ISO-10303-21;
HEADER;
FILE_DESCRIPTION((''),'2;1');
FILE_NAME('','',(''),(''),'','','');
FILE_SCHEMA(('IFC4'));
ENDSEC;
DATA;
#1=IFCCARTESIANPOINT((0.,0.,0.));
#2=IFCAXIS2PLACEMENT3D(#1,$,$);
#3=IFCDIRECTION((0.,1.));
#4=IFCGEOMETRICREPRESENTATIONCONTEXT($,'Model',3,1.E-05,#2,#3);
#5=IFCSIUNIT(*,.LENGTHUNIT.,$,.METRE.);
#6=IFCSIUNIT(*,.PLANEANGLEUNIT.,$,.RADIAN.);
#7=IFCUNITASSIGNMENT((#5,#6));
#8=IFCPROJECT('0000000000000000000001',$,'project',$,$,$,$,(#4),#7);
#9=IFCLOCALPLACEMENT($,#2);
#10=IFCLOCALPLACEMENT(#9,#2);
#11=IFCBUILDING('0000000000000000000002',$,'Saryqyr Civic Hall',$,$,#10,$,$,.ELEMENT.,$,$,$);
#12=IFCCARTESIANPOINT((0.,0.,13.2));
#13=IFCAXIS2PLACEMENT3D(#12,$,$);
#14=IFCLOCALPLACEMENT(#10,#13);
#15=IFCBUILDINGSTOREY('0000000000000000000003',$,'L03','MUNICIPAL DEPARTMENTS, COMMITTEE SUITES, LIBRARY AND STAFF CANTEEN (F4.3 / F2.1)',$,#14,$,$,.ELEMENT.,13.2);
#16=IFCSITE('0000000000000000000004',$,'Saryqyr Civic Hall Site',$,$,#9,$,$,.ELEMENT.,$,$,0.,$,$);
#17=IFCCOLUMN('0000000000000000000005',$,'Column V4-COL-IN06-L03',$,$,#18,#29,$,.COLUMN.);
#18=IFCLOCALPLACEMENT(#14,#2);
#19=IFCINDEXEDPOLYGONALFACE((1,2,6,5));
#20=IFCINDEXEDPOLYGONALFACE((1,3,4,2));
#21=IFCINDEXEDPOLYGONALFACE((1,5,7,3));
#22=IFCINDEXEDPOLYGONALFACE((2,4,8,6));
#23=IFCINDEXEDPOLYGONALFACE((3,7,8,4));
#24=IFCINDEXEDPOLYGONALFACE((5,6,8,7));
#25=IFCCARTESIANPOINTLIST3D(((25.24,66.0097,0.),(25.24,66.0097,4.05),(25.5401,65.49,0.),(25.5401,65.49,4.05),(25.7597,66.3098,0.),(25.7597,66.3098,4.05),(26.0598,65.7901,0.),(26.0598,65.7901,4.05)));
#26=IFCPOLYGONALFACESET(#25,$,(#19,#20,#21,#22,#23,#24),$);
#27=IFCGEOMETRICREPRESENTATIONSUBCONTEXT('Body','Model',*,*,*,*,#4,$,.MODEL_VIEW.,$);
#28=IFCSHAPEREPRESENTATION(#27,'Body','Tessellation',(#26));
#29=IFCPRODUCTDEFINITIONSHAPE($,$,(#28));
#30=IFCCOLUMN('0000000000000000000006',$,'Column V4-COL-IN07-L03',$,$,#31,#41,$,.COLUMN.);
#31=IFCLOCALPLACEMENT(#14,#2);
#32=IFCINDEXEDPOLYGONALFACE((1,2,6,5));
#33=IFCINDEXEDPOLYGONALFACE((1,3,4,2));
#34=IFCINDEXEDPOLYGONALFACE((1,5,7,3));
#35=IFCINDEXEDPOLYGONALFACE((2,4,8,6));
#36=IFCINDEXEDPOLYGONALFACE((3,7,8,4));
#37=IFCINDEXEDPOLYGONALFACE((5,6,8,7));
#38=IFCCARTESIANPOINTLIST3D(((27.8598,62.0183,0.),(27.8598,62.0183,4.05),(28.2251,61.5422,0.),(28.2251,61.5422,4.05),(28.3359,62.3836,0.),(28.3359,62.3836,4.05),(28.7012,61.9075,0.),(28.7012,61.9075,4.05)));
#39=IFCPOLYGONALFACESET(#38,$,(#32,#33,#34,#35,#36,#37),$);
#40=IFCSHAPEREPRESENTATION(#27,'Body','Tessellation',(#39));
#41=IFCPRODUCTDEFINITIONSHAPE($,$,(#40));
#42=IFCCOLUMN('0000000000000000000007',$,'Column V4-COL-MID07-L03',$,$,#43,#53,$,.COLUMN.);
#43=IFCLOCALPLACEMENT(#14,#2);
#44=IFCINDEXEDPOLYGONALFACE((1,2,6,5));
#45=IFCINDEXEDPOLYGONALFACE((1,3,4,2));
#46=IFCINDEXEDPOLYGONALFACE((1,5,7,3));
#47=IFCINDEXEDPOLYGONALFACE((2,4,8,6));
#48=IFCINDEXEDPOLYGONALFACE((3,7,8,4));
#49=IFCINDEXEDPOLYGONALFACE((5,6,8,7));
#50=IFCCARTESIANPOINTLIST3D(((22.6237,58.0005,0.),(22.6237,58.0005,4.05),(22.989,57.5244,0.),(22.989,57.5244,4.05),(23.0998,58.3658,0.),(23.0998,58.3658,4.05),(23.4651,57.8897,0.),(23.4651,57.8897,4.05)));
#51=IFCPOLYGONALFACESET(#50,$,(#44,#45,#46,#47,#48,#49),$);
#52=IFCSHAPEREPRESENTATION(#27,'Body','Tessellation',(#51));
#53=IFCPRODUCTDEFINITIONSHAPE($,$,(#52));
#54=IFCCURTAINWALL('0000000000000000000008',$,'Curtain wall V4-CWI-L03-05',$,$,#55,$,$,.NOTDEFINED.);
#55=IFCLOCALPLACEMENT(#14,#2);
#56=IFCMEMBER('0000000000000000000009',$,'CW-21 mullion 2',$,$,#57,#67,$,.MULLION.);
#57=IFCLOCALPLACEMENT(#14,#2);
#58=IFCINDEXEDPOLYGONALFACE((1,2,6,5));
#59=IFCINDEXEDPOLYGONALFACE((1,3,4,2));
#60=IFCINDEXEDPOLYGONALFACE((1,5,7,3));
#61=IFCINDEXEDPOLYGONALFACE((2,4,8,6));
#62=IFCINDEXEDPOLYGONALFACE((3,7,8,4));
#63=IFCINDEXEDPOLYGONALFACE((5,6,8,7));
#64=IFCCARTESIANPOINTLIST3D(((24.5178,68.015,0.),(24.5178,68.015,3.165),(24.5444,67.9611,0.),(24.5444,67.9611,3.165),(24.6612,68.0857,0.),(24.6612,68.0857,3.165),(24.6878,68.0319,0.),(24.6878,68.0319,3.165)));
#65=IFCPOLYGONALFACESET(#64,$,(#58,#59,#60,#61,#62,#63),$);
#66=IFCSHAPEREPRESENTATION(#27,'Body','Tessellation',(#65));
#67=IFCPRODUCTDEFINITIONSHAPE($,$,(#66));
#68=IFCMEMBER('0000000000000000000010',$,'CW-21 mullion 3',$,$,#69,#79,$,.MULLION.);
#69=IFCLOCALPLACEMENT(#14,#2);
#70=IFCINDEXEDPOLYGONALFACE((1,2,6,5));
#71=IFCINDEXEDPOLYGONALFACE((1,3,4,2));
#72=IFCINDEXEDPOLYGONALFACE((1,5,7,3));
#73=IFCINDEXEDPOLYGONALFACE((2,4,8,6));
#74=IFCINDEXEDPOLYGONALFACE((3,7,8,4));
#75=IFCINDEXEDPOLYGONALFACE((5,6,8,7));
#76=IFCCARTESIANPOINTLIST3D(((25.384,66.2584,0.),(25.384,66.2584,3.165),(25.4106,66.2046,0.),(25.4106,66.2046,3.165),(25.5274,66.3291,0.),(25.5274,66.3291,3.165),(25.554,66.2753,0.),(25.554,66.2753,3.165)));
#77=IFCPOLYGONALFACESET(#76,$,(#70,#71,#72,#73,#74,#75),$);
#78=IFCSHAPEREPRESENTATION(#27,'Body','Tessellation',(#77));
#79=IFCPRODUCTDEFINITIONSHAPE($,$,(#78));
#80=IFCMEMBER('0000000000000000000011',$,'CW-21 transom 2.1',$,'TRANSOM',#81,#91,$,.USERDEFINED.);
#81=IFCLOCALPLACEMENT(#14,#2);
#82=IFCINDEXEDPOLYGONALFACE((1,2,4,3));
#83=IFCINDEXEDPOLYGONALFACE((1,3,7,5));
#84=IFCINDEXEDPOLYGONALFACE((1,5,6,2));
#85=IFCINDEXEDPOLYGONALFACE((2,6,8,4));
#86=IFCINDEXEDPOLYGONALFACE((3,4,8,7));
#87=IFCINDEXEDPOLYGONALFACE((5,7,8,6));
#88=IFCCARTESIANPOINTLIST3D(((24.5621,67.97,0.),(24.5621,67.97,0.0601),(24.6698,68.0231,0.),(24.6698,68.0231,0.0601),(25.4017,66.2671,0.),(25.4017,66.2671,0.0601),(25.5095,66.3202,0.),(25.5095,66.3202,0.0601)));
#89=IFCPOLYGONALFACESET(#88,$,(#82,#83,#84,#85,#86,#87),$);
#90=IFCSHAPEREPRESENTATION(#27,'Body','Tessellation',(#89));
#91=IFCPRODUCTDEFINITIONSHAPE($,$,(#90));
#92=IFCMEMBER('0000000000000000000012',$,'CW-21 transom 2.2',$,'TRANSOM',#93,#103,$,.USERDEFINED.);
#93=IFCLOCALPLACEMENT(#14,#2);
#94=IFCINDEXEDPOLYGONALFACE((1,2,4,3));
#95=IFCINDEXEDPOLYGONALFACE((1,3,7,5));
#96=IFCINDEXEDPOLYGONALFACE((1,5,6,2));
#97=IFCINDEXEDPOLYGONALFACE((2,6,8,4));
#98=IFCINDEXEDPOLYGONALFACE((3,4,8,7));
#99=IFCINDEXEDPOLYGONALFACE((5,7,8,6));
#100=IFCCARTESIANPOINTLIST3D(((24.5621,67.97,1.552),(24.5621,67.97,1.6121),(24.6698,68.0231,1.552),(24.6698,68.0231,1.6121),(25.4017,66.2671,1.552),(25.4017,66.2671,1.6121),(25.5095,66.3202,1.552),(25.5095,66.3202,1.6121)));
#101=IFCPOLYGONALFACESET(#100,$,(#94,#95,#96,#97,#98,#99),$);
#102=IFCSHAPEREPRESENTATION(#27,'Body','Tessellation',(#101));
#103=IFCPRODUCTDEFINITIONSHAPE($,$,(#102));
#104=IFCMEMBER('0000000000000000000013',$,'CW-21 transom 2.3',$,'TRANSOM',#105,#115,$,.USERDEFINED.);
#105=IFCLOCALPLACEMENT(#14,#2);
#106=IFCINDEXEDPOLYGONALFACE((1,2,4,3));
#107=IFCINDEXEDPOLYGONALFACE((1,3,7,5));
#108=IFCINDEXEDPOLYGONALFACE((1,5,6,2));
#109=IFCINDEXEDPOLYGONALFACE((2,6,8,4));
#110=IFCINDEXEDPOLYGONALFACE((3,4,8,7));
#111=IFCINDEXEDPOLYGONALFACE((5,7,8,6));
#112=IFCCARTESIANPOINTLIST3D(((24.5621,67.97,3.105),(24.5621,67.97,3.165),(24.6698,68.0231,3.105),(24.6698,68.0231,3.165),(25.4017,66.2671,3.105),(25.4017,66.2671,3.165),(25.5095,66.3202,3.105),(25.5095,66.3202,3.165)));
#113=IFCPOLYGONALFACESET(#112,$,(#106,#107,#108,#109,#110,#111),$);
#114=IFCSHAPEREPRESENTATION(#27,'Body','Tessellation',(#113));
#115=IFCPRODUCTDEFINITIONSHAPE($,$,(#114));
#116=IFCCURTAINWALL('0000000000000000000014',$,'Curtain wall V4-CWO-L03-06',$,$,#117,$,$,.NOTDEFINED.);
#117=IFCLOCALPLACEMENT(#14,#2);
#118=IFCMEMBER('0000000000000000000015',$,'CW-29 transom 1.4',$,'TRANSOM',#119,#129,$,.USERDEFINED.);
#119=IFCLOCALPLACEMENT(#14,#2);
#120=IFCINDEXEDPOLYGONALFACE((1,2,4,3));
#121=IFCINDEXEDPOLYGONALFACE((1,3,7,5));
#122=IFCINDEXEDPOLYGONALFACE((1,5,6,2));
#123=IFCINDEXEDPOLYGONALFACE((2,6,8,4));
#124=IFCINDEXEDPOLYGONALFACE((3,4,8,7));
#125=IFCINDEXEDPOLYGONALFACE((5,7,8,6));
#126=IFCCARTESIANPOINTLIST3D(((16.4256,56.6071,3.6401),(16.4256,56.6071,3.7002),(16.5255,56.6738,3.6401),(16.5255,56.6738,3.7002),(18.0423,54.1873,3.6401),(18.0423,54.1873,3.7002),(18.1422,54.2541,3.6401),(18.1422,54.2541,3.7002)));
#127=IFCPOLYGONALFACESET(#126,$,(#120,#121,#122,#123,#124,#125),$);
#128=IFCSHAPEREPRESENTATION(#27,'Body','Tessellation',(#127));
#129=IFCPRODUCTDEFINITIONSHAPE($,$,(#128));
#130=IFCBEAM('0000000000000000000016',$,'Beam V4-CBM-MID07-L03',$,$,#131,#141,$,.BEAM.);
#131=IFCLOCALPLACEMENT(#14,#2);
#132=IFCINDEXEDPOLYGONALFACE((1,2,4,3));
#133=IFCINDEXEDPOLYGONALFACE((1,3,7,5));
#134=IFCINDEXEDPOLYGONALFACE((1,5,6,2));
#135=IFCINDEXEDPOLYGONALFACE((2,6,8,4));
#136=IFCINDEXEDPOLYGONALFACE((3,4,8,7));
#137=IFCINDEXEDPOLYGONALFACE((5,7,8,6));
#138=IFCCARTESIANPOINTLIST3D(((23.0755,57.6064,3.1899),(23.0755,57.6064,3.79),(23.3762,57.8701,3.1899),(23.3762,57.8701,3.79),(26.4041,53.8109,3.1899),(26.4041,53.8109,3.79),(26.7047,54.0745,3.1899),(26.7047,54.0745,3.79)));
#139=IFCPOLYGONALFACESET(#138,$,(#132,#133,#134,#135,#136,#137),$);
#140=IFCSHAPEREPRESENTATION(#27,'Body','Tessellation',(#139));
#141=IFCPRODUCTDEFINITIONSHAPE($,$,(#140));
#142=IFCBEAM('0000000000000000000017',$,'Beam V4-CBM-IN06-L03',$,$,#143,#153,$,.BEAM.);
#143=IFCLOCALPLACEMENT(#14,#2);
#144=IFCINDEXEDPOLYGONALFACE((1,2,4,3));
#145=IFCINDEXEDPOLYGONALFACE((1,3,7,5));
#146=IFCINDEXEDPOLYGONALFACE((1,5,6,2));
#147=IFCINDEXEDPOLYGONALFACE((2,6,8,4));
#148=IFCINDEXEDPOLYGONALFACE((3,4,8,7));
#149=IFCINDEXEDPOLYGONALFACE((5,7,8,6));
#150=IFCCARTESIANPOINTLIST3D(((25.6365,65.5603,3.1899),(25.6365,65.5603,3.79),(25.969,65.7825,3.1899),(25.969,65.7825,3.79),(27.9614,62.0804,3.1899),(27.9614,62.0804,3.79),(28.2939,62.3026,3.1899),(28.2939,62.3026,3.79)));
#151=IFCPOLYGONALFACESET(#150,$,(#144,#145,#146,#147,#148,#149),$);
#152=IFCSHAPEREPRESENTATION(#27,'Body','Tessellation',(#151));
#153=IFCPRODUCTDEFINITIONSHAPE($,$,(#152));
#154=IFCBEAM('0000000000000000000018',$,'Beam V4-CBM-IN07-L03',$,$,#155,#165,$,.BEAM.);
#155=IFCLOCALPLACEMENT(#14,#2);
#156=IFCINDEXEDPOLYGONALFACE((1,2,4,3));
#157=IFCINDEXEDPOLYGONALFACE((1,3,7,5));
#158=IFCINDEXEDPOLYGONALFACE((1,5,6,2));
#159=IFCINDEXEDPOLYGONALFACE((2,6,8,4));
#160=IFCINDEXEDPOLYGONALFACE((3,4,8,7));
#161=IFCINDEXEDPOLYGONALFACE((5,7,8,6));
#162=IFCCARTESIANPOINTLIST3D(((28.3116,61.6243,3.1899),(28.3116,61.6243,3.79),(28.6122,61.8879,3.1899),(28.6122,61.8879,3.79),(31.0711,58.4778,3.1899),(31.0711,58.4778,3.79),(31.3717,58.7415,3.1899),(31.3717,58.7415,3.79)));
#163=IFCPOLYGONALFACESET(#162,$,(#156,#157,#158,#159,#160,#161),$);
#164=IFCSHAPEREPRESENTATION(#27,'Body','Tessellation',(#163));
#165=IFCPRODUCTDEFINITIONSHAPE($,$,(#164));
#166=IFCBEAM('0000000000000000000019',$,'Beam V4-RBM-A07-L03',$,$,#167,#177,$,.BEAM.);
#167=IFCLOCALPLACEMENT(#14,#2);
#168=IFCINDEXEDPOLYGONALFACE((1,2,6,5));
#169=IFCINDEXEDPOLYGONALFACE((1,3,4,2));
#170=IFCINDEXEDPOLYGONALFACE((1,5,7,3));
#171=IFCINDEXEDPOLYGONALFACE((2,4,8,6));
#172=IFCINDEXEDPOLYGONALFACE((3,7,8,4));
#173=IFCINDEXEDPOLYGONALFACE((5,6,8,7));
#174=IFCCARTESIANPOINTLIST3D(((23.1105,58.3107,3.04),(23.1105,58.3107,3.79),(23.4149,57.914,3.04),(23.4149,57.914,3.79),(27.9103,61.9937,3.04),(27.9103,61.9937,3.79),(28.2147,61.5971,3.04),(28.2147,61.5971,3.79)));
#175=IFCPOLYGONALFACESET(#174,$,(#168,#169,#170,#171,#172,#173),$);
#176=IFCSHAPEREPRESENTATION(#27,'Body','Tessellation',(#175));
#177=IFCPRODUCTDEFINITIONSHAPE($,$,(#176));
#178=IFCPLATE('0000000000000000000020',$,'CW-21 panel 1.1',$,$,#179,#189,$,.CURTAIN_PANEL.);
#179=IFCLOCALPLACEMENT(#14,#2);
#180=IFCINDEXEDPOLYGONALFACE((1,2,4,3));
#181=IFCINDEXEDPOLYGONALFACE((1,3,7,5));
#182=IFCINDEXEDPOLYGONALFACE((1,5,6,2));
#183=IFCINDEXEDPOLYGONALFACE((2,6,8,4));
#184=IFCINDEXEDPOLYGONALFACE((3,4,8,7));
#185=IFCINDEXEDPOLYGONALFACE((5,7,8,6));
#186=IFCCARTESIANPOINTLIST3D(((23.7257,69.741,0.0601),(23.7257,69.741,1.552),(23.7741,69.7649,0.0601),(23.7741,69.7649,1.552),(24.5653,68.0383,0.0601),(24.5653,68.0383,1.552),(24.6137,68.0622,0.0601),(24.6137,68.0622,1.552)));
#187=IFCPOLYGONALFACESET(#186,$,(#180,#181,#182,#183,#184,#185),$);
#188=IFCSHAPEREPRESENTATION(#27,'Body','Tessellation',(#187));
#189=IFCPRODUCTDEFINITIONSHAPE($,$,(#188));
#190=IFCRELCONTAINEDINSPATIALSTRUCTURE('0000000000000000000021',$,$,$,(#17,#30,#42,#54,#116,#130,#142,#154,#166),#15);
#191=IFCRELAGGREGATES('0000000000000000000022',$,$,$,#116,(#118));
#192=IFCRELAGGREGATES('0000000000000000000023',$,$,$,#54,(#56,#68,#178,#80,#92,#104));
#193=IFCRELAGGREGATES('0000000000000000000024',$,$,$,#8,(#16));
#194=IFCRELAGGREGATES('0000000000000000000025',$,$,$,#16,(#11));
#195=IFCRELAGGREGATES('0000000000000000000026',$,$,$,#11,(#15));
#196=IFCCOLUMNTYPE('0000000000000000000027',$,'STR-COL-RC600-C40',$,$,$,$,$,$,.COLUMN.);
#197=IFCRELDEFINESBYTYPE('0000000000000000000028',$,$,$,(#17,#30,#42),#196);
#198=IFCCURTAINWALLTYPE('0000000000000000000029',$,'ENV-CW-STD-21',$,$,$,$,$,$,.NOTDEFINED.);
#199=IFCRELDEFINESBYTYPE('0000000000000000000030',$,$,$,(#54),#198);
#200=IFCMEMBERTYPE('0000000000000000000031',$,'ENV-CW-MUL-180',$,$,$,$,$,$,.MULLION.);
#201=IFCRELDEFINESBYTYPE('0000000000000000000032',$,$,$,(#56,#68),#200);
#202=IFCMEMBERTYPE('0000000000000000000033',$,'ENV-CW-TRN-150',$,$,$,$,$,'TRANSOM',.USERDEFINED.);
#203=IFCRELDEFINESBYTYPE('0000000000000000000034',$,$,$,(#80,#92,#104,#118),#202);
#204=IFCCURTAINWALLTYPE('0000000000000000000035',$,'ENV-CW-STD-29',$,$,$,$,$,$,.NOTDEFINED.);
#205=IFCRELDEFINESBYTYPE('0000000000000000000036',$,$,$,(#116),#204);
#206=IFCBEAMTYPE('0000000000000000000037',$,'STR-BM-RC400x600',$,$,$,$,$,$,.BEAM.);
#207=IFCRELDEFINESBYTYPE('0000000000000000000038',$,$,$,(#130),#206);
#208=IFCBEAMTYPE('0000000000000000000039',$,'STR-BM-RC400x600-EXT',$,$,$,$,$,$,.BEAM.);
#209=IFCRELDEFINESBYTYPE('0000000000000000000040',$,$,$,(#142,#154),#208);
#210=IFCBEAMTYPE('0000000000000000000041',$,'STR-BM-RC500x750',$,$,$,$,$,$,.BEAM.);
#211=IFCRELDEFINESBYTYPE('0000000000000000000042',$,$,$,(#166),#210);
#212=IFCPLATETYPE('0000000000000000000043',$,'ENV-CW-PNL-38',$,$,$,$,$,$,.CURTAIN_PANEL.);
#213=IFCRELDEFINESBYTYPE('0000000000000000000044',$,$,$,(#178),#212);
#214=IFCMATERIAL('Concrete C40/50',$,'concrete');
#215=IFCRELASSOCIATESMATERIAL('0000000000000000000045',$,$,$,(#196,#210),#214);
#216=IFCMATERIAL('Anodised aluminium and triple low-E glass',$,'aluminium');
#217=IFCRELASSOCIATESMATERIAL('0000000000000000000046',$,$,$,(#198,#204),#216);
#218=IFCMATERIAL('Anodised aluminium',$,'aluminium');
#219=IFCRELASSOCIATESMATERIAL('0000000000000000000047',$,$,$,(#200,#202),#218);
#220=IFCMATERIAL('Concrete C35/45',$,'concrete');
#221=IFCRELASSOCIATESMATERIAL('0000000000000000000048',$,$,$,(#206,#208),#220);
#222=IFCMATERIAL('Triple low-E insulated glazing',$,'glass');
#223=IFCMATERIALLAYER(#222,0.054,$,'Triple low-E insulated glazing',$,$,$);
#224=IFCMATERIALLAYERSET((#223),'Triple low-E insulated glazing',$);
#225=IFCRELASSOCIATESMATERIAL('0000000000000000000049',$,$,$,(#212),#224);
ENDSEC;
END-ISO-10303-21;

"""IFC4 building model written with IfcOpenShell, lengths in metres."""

from ifc_helpers import new_model, si_unit, direction, frame, origin, origin_2d, place, context, subcontext, project, spatial, rectangle, extrude, material, layer, layer_set, material_profile, profile_set, type_object, element, aggregate, save


model = new_model("IFC4")

# Units and contexts
model_context = context("Model", 3, precision=1e-05, world=origin(), true_north=direction((0.0, 1.0)))
body_context = subcontext(model_context, "Body", "Model", "MODEL_VIEW")
ifc_project = project(units=[si_unit("LENGTHUNIT", "METRE"), si_unit("PLANEANGLEUNIT", "RADIAN")], contexts=[model_context])

# Site, building, storey
site_placement = place(None, origin())
site = spatial("IfcSite", under=ifc_project, at=site_placement, Name="Saryqyr Civic Hall Site", CompositionType="ELEMENT", RefElevation=0.0)
building_placement = place(site_placement, origin())
building = spatial("IfcBuilding", under=site, at=building_placement, Name="Saryqyr Civic Hall", CompositionType="ELEMENT")
storey_placement = place(building_placement, frame((0.0, 0.0, 13.2)))
storey = spatial("IfcBuildingStorey", under=building, at=storey_placement, Name="L03", Description="MUNICIPAL DEPARTMENTS, COMMITTEE SUITES, LIBRARY AND STAFF CANTEEN (F4.3 / F2.1)", CompositionType="ELEMENT", Elevation=13.2)

# Columns
ifc_material_1 = material(Name="Concrete C40/50", Category="concrete")
ifc_material_profile_1 = material_profile(ifc_material_1, rectangle(XDim=0.6001, YDim=0.6001, at=origin_2d()), Name="RC 600x600")
ifc_profile_set_1 = profile_set([ifc_material_profile_1], Name="Concrete C40/50")
column_type = type_object("IfcColumnType", Name="STR-COL-RC600-C40", PredefinedType="COLUMN", material=ifc_profile_set_1)
for number, where, z_axis, x_axis, name in (
    (1, (25.6499, 65.8999, 0.0), (0.0, 0.0, 1.0), (-0.866025, -0.5, 0.0), "Column V4-COL-IN06-L03"),
    (2, (28.2805, 61.9629, 0.0), (0.0, 0.0, 1.0), (-0.793353, -0.608761, 0.0), "Column V4-COL-IN07-L03"),
    (3, (23.0444, 57.9451, 0.0), (0.0, 0.0, 1.0), (-0.793353, -0.608761, 0.0), "Column V4-COL-MID07-L03"),
):
    element("IfcColumn", number, at=place(storey_placement, frame(where, z_axis=z_axis, x_axis=x_axis)), inside=storey, type_object=column_type, Name=name, PredefinedType="COLUMN", context=body_context, shape_type="SweptSolid", body=[
        extrude(rectangle(XDim=0.6001, YDim=0.6001, at=origin_2d()), origin(), (0.0, 0.0, 1.0), 4.05),
    ])

# Curtain wall, members
ifc_material_2 = material(Name="Anodised aluminium and triple low-E glass", Category="aluminium")
curtain_wall_type_1 = type_object("IfcCurtainWallType", Name="ENV-CW-STD-21", PredefinedType="NOTDEFINED", material=ifc_material_2)
curtain_wall_1_placement = place(storey_placement, origin())
curtain_wall_1 = element("IfcCurtainWall", 4, at=curtain_wall_1_placement, inside=storey, type_object=curtain_wall_type_1, Name="Curtain wall V4-CWI-L03-05", PredefinedType="NOTDEFINED")
ifc_material_3 = material(Name="Anodised aluminium", Category="aluminium")
ifc_material_profile_2 = material_profile(ifc_material_3, rectangle(XDim=0.0601, YDim=0.1599, at=origin_2d()), Name="ALU MULLION 60x160")
ifc_profile_set_2 = profile_set([ifc_material_profile_2], Name="Anodised aluminium")
member_type_1 = type_object("IfcMemberType", Name="ENV-CW-MUL-180", PredefinedType="MULLION", material=ifc_profile_set_2)
member_1_placement = place(storey_placement, frame((24.6028, 68.0234, 0.0), z_axis=(0.0, 0.0, 1.0), x_axis=(0.442268, -0.896883, 0.0)))
member_1 = element("IfcMember", 5, at=member_1_placement, type_object=member_type_1, Name="CW-21 mullion 2", PredefinedType="MULLION", context=body_context, shape_type="SweptSolid", body=[
    extrude(rectangle(XDim=0.0601, YDim=0.1599, at=origin_2d()), origin(), (0.0, 0.0, 1.0), 3.165),
])
member_2_placement = place(storey_placement, frame((25.469, 66.2668, 0.0), z_axis=(0.0, 0.0, 1.0), x_axis=(0.442268, -0.896883, 0.0)))
member_2 = element("IfcMember", 6, at=member_2_placement, type_object=member_type_1, Name="CW-21 mullion 3", PredefinedType="MULLION", context=body_context, shape_type="SweptSolid", body=[
    extrude(rectangle(XDim=0.0601, YDim=0.1599, at=origin_2d()), origin(), (0.0, 0.0, 1.0), 3.165),
])
ifc_material_profile_3 = material_profile(ifc_material_3, rectangle(XDim=0.1201, YDim=0.0601, at=origin_2d()), Name="ALU TRANSOM 120x60")
ifc_profile_set_3 = profile_set([ifc_material_profile_3], Name="Anodised aluminium")
member_type_2 = type_object("IfcMemberType", Name="ENV-CW-TRN-150", ElementType="TRANSOM", PredefinedType="USERDEFINED", material=ifc_profile_set_3)
member_3_placement = place(storey_placement, frame((24.616, 67.9966, 0.03), z_axis=(0.442217, -0.896908, 0.0), x_axis=(0.896908, 0.442217, 0.0)))
member_3 = element("IfcMember", 7, at=member_3_placement, type_object=member_type_2, Name="CW-21 transom 2.1", ObjectType="TRANSOM", PredefinedType="USERDEFINED", context=body_context, shape_type="SweptSolid", body=[
    extrude(rectangle(XDim=0.1201, YDim=0.0601, at=origin_2d()), origin(), (0.0, 0.0, 1.0), 1.8987),
])
member_4_placement = place(storey_placement, frame((24.616, 67.9966, 1.582), z_axis=(0.442217, -0.896908, 0.0), x_axis=(0.896908, 0.442217, 0.0)))
member_4 = element("IfcMember", 8, at=member_4_placement, type_object=member_type_2, Name="CW-21 transom 2.2", ObjectType="TRANSOM", PredefinedType="USERDEFINED", context=body_context, shape_type="SweptSolid", body=[
    extrude(rectangle(XDim=0.1201, YDim=0.0601, at=origin_2d()), origin(), (0.0, 0.0, 1.0), 1.8987),
])
member_5_placement = place(storey_placement, frame((24.616, 67.9966, 3.135), z_axis=(0.442217, -0.896908, 0.0), x_axis=(0.896908, 0.442217, 0.0)))
member_5 = element("IfcMember", 9, at=member_5_placement, type_object=member_type_2, Name="CW-21 transom 2.3", ObjectType="TRANSOM", PredefinedType="USERDEFINED", context=body_context, shape_type="SweptSolid", body=[
    extrude(rectangle(XDim=0.1201, YDim=0.0601, at=origin_2d()), origin(), (0.0, 0.0, 1.0), 1.8987),
])

# Curtain wall, member
curtain_wall_type_2 = type_object("IfcCurtainWallType", Name="ENV-CW-STD-29", PredefinedType="NOTDEFINED", material=ifc_material_2)
curtain_wall_2_placement = place(storey_placement, origin())
curtain_wall_2 = element("IfcCurtainWall", 10, at=curtain_wall_2_placement, inside=storey, type_object=curtain_wall_type_2, Name="Curtain wall V4-CWO-L03-06", PredefinedType="NOTDEFINED")
member_6_placement = place(storey_placement, frame((18.0923, 54.2207, 3.6702), z_axis=(-0.555552, 0.831482, 0.0), x_axis=(-0.831482, -0.555552, 0.0)))
member_6 = element("IfcMember", 11, at=member_6_placement, type_object=member_type_2, Name="CW-29 transom 1.4", ObjectType="TRANSOM", PredefinedType="USERDEFINED", context=body_context, shape_type="SweptSolid", body=[
    extrude(rectangle(XDim=0.1201, YDim=0.0601, at=origin_2d()), origin(), (0.0, 0.0, 1.0), 2.9102),
])
aggregate(curtain_wall_2, [member_6])

# Beams
ifc_material_4 = material(Name="Concrete C35/45", Category="concrete")
ifc_material_profile_4 = material_profile(ifc_material_4, rectangle(XDim=0.3999, YDim=0.6001, at=origin_2d()), Name="RC 400x600")
ifc_profile_set_4 = profile_set([ifc_material_profile_4], Name="Concrete C35/45")
beam_type_1 = type_object("IfcBeamType", Name="STR-BM-RC400x600", PredefinedType="BEAM", material=ifc_profile_set_4)
beam_1_placement = place(storey_placement, frame((23.2258, 57.7383, 3.49), z_axis=(0.659336, -0.751848, 0.0), x_axis=(0.751848, 0.659336, 0.0)))
element("IfcBeam", 12, at=beam_1_placement, inside=storey, type_object=beam_type_1, Name="Beam V4-CBM-MID07-L03", PredefinedType="BEAM", context=body_context, shape_type="SweptSolid", body=[
    extrude(rectangle(XDim=0.3999, YDim=0.6001, at=origin_2d()), origin(), (0.0, 0.0, 1.0), 5.0483),
])
ifc_material_profile_5 = material_profile(ifc_material_4, rectangle(XDim=0.3999, YDim=0.6001, at=origin_2d()), Name="RC 400x600")
ifc_profile_set_5 = profile_set([ifc_material_profile_5], Name="Concrete C35/45")
beam_type_2 = type_object("IfcBeamType", Name="STR-BM-RC400x600-EXT", PredefinedType="BEAM", material=ifc_profile_set_5)
for number, where, z_axis, x_axis, name in (
    (13, (25.8027, 65.6714, 3.49), (0.555521, -0.831502, 0.0), (0.831502, 0.555521, 0.0), "Beam V4-CBM-IN06-L03"),
    (14, (28.4619, 61.7561, 3.49), (0.659363, -0.751825, 0.0), (0.751825, 0.659363, 0.0), "Beam V4-CBM-IN07-L03"),
):
    element("IfcBeam", number, at=place(storey_placement, frame(where, z_axis=z_axis, x_axis=x_axis)), inside=storey, type_object=beam_type_2, Name=name, PredefinedType="BEAM", context=body_context, shape_type="SweptSolid", body=[
        extrude(rectangle(XDim=0.3999, YDim=0.6001, at=origin_2d()), origin(), (0.0, 0.0, 1.0), 4.1851),
    ])
ifc_material_profile_6 = material_profile(ifc_material_1, rectangle(XDim=0.5, YDim=0.75, at=origin_2d()), Name="RC 500x750")
ifc_profile_set_6 = profile_set([ifc_material_profile_6], Name="Concrete C40/50")
beam_type_3 = type_object("IfcBeamType", Name="STR-BM-RC500x750", PredefinedType="BEAM", material=ifc_profile_set_6)
beam_2_placement = place(storey_placement, frame((28.0625, 61.7954, 3.415), z_axis=(-0.793346, -0.60877, 0.0), x_axis=(0.60877, -0.793346, 0.0)))
element("IfcBeam", 15, at=beam_2_placement, inside=storey, type_object=beam_type_3, Name="Beam V4-RBM-A07-L03", PredefinedType="BEAM", context=body_context, shape_type="SweptSolid", body=[
    extrude(rectangle(XDim=0.5, YDim=0.75, at=origin_2d()), origin(), (0.0, 0.0, 1.0), 6.05),
])

# Plate
ifc_material_5 = material(Name="Triple low-E insulated glazing", Category="glass")
ifc_layer_1 = layer(ifc_material_5, 0.054, Name="Triple low-E insulated glazing")
ifc_layer_set_1 = layer_set([ifc_layer_1], Name="Triple low-E insulated glazing")
plate_type = type_object("IfcPlateType", Name="ENV-CW-PNL-38", PredefinedType="CURTAIN_PANEL", material=ifc_layer_set_1)
plate_1_placement = place(storey_placement, frame((24.1697, 68.9016, 0.0601), z_axis=(0.0, 0.0, 1.0), x_axis=(0.442268, -0.896883, 0.0)))
plate_1 = element("IfcPlate", 16, at=plate_1_placement, type_object=plate_type, Name="CW-21 panel 1.1", PredefinedType="CURTAIN_PANEL", context=body_context, shape_type="SweptSolid", body=[
    extrude(rectangle(XDim=1.8984, YDim=0.054, at=origin_2d()), origin(), (0.0, 0.0, 1.0), 1.4919),
])
aggregate(curtain_wall_1, [member_1, member_2, plate_1, member_3, member_4, member_5])

save(model, "model.ifc")
